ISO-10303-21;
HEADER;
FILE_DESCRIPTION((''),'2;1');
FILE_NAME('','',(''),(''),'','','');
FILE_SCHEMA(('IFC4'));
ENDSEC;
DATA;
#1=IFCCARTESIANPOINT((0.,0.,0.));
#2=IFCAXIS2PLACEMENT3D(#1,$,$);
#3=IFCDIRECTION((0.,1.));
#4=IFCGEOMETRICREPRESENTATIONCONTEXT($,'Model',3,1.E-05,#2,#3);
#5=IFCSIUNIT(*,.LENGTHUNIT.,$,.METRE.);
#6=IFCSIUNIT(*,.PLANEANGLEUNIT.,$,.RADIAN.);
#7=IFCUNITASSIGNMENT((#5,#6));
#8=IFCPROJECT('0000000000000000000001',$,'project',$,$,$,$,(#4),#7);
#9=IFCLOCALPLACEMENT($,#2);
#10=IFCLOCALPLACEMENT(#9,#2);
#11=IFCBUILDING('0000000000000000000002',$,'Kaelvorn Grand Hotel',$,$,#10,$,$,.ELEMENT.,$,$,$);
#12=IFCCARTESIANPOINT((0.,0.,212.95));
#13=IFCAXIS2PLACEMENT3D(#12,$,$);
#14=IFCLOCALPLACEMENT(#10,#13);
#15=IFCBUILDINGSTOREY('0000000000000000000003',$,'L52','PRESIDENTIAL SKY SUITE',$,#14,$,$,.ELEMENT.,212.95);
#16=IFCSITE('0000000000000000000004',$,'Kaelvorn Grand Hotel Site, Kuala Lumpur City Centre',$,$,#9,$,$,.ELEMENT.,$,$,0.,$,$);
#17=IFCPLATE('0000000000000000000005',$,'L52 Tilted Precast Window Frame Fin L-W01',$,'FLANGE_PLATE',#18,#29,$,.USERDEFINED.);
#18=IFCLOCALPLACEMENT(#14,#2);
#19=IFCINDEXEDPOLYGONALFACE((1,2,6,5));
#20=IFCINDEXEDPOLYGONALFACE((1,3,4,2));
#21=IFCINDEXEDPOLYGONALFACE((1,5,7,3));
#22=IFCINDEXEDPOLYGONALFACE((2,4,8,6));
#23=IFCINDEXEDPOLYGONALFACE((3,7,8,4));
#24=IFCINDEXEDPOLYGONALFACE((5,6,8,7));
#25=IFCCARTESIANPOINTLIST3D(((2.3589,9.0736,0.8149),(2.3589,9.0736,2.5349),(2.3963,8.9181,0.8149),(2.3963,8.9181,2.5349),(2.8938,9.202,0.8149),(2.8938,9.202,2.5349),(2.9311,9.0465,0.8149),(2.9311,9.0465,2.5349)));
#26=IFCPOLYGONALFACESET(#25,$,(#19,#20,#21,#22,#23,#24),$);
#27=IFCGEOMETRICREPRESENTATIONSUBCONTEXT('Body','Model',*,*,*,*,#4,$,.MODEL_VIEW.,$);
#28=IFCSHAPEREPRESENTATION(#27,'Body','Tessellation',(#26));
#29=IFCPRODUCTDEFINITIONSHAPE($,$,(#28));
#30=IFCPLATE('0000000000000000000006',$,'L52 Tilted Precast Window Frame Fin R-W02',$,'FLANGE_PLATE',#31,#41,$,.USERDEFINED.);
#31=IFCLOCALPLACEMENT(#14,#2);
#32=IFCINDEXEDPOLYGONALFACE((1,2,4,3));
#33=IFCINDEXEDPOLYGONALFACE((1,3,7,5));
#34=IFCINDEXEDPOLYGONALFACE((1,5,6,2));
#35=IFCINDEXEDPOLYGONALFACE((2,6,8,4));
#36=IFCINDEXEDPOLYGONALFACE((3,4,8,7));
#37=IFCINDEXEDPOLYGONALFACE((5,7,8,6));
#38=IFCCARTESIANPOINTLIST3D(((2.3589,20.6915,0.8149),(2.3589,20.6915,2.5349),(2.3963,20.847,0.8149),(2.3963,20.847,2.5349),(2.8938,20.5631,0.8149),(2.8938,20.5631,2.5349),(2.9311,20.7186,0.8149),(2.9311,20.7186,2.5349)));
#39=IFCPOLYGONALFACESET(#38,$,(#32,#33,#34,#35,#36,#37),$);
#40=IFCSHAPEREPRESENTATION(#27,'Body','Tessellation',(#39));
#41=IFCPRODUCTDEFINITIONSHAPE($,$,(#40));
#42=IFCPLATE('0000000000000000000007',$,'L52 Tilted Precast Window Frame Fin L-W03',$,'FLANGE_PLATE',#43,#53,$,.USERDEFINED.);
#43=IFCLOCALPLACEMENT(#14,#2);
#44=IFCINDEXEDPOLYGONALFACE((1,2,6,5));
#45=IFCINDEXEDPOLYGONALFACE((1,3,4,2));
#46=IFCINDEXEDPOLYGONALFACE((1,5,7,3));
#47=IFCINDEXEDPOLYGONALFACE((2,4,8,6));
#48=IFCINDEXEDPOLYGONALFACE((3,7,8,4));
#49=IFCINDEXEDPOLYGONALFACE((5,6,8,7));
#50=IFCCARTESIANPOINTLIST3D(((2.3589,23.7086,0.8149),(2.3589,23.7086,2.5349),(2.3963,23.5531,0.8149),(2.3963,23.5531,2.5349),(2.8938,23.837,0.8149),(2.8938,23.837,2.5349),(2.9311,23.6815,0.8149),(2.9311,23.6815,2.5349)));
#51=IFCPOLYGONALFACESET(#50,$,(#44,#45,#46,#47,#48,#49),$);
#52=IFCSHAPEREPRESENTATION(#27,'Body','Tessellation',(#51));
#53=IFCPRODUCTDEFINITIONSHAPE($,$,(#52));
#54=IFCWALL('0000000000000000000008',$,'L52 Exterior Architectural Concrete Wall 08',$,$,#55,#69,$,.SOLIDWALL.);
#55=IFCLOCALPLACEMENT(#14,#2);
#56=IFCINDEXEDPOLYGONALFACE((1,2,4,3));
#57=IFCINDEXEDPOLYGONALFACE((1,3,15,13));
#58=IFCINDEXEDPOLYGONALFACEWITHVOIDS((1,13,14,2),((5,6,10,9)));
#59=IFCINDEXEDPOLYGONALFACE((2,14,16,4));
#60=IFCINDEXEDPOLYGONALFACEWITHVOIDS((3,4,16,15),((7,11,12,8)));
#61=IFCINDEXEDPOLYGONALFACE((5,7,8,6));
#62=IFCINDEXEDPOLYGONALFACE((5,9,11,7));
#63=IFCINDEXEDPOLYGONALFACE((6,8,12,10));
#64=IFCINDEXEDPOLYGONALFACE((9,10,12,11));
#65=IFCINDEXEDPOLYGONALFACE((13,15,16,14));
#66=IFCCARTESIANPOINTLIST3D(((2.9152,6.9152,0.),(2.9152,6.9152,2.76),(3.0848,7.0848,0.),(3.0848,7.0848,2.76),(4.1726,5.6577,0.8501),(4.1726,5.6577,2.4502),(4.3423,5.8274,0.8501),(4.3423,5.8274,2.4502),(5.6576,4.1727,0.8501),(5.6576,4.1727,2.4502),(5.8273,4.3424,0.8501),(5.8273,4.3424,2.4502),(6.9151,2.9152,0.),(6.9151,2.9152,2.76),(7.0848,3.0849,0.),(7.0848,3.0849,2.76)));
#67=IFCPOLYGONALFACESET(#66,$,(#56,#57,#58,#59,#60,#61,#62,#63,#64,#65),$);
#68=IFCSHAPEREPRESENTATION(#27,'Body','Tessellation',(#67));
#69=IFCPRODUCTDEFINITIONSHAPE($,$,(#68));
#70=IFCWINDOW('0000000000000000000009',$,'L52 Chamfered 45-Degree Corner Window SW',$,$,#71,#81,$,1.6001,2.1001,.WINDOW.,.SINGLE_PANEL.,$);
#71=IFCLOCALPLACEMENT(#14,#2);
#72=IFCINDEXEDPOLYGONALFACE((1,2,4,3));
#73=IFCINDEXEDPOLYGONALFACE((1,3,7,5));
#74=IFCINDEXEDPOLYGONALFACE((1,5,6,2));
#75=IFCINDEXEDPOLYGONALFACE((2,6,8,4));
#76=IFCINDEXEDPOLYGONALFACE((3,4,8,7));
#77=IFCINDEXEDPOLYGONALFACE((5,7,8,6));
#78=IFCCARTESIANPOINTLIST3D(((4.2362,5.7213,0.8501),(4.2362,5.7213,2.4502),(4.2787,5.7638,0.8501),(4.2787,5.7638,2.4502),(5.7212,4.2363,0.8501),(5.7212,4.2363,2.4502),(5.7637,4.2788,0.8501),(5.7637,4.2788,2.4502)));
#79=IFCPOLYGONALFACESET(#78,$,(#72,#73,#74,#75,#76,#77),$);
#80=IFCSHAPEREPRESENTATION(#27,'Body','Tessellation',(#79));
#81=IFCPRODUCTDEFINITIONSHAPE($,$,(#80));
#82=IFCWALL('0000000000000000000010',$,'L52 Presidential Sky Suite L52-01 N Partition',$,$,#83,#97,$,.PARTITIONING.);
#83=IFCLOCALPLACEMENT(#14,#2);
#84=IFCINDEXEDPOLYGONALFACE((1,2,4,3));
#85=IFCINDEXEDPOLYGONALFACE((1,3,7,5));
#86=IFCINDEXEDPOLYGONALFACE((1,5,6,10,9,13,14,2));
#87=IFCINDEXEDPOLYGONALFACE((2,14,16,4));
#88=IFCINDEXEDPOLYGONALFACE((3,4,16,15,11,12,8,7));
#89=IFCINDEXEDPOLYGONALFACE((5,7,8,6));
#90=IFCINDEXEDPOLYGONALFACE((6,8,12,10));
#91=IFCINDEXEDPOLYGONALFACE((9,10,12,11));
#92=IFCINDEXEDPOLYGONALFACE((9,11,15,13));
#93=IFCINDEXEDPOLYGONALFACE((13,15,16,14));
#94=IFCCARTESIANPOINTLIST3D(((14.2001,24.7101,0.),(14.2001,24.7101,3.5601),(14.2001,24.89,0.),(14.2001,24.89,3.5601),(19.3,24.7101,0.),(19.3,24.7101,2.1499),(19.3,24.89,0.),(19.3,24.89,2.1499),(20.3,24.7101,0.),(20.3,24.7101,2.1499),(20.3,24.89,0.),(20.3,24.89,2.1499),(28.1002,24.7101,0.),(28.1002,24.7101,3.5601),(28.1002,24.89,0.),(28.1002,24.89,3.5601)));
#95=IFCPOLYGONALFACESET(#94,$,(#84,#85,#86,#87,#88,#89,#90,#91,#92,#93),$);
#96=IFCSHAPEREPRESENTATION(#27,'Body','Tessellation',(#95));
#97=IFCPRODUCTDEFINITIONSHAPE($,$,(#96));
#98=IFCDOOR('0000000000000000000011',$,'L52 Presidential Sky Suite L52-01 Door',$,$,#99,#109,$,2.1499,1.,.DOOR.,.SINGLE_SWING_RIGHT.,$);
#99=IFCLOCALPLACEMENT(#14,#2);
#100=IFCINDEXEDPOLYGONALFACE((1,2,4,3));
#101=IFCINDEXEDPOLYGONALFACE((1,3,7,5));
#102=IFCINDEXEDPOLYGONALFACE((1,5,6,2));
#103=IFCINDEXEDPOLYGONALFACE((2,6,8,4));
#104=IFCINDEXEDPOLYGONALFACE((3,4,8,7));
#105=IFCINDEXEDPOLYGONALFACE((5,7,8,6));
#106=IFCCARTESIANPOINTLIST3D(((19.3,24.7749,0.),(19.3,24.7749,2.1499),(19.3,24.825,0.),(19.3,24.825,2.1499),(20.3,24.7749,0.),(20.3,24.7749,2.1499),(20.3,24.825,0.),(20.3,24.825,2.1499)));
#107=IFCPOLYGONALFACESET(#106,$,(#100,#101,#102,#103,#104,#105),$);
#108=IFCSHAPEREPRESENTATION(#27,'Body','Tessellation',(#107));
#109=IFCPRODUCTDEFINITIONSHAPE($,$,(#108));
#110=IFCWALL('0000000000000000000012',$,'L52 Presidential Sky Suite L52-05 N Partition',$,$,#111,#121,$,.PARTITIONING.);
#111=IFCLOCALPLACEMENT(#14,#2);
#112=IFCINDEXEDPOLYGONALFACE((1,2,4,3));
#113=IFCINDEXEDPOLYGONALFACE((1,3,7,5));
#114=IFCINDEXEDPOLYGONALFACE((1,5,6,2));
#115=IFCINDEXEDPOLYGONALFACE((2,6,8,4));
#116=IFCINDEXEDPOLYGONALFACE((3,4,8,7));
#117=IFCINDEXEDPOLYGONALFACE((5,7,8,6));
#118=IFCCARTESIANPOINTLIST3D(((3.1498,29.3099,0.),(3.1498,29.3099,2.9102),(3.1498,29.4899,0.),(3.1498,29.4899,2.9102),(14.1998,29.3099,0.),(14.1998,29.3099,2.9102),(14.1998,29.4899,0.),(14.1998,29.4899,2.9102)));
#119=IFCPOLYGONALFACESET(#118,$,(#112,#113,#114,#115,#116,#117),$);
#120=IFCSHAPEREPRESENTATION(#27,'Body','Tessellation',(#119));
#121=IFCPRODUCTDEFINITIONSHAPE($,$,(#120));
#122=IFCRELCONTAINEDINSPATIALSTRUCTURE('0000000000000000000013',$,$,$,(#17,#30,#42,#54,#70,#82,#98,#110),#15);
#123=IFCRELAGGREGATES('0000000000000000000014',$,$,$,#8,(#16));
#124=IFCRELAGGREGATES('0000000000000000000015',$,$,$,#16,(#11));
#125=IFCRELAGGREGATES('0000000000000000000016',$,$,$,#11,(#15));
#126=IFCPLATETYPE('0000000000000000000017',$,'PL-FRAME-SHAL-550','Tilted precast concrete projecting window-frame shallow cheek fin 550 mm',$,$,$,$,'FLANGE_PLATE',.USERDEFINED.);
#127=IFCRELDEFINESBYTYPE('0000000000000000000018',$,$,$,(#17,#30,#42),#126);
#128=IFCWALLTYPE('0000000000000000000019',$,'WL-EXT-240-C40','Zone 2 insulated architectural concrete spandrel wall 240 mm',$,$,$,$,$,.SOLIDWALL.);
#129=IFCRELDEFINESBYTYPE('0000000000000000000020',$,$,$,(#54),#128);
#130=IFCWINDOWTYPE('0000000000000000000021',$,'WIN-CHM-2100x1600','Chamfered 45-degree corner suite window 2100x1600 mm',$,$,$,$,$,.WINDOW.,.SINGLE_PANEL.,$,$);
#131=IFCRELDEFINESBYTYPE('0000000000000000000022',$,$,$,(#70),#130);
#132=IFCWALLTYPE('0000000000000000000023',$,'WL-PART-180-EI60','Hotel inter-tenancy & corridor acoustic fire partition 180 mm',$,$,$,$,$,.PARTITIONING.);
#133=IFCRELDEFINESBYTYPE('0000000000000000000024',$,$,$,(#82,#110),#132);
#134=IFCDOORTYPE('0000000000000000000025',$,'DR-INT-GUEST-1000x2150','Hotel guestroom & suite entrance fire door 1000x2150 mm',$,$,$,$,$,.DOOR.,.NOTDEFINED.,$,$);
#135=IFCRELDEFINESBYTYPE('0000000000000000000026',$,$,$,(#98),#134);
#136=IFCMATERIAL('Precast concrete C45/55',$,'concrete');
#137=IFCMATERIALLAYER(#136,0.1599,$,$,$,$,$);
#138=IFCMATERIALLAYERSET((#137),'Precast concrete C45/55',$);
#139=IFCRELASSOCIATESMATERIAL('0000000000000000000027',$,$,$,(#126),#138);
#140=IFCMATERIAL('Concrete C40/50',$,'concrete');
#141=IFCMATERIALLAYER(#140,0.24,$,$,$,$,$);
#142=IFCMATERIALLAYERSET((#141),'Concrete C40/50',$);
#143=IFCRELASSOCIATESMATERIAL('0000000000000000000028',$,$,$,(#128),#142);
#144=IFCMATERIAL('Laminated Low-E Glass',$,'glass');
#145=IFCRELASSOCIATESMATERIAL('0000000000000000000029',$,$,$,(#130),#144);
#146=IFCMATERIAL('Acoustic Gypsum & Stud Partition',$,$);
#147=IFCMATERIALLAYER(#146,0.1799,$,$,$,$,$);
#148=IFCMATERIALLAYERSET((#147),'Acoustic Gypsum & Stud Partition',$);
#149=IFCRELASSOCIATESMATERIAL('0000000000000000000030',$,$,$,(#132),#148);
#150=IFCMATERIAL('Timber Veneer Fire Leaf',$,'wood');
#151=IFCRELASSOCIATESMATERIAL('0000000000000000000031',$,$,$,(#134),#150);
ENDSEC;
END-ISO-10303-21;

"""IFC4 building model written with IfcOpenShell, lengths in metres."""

from ifc_helpers import new_model, si_unit, direction, frame, frame_2d, origin, origin_2d, place, context, subcontext, project, spatial, rectangle, extrude, material, layer, layer_set, type_object, element, fill, save


model = new_model("IFC4")

# Units and contexts
model_context = context("Model", 3, precision=1e-05, world=origin(), true_north=direction((0.0, 1.0)))
body_context = subcontext(model_context, "Body", "Model", "MODEL_VIEW")
ifc_project = project(units=[si_unit("LENGTHUNIT", "METRE"), si_unit("PLANEANGLEUNIT", "RADIAN")], contexts=[model_context])

# Site, building, storey
site_placement = place(None, origin())
site = spatial("IfcSite", under=ifc_project, at=site_placement, Name="Kaelvorn Grand Hotel Site, Kuala Lumpur City Centre", CompositionType="ELEMENT", RefElevation=0.0)
building_placement = place(site_placement, origin())
building = spatial("IfcBuilding", under=site, at=building_placement, Name="Kaelvorn Grand Hotel", CompositionType="ELEMENT")
storey_placement = place(building_placement, frame((0.0, 0.0, 212.95)))
storey = spatial("IfcBuildingStorey", under=building, at=storey_placement, Name="L52", Description="PRESIDENTIAL SKY SUITE", CompositionType="ELEMENT", Elevation=212.95)

# Plates
ifc_material_1 = material(Name="Precast concrete C45/55", Category="concrete")
ifc_layer_1 = layer(ifc_material_1, 0.1599)
ifc_layer_set_1 = layer_set([ifc_layer_1], Name="Precast concrete C45/55")
plate_type_1 = type_object("IfcPlateType", Name="PL-FRAME-SHAL-550", Description="Tilted precast concrete projecting window-frame shallow cheek fin 550 mm", ElementType="FLANGE_PLATE", PredefinedType="USERDEFINED", material=ifc_layer_set_1)
for number, where, z_axis, x_axis, name in (
    (1, (2.645, 9.0601, 0.8149), (0.0, 0.0, 1.0), (-0.233445, 0.97237, 0.0), "L52 Tilted Precast Window Frame Fin L-W01"),
    (2, (2.645, 20.7051, 0.8149), (0.0, 0.0, 1.0), (0.233445, 0.97237, 0.0), "L52 Tilted Precast Window Frame Fin R-W02"),
    (3, (2.645, 23.6951, 0.8149), (0.0, 0.0, 1.0), (-0.233445, 0.97237, 0.0), "L52 Tilted Precast Window Frame Fin L-W03"),
):
    element("IfcPlate", number, at=place(storey_placement, frame(where, z_axis=z_axis, x_axis=x_axis)), inside=storey, type_object=plate_type_1, Name=name, ObjectType="FLANGE_PLATE", PredefinedType="USERDEFINED", context=body_context, shape_type="SweptSolid", body=[
        extrude(rectangle(XDim=0.1599, YDim=0.55, at=origin_2d()), origin(), (0.0, 0.0, 1.0), 1.72),
    ])

# Wall, opening, window
ifc_material_2 = material(Name="Concrete C40/50", Category="concrete")
ifc_layer_2 = layer(ifc_material_2, 0.24)
ifc_layer_set_2 = layer_set([ifc_layer_2], Name="Concrete C40/50")
wall_type_1 = type_object("IfcWallType", Name="WL-EXT-240-C40", Description="Zone 2 insulated architectural concrete spandrel wall 240 mm", PredefinedType="SOLIDWALL", material=ifc_layer_set_2)
wall_1_placement = place(storey_placement, frame((3.0, 7.0, 0.0), z_axis=(0.0, 0.0, 1.0), x_axis=(0.707107, -0.707107, 0.0)))
wall_1 = element("IfcWall", 4, at=wall_1_placement, inside=storey, type_object=wall_type_1, Name="L52 Exterior Architectural Concrete Wall 08", PredefinedType="SOLIDWALL", context=body_context, shape_type="SweptSolid", body=[
    extrude(rectangle(XDim=5.6567, YDim=0.24, at=frame_2d((2.8284, 0.0))), origin(), (0.0, 0.0, 1.0), 2.76),
])
opening_1_placement = place(wall_1_placement, frame((1.7783, 0.0, 0.8501)))
opening_1 = element("IfcOpeningElement", 5, at=opening_1_placement, cuts=wall_1, PredefinedType="OPENING", context=body_context, shape_type="SweptSolid", body=[
    extrude(rectangle(XDim=2.1001, YDim=1.6001, at=frame_2d((1.05, 0.8))), frame((0.0, 0.1299, 0.0), z_axis=(0.0, -1.0, 0.0), x_axis=(1.0, 0.0, 0.0)), (0.0, 0.0, 1.0), 0.26),
])
ifc_material_3 = material(Name="Laminated Low-E Glass", Category="glass")
window_type = type_object("IfcWindowType", Name="WIN-CHM-2100x1600", Description="Chamfered 45-degree corner suite window 2100x1600 mm", PartitioningType="SINGLE_PANEL", PredefinedType="WINDOW", material=ifc_material_3)
window_placement = place(opening_1_placement, origin())
window = element("IfcWindow", 6, at=window_placement, inside=storey, type_object=window_type, Name="L52 Chamfered 45-Degree Corner Window SW", OverallHeight=1.6001, OverallWidth=2.1001, PartitioningType="SINGLE_PANEL", PredefinedType="WINDOW", context=body_context, shape_type="SweptSolid", body=[
    extrude(rectangle(XDim=2.1001, YDim=1.6001, at=frame_2d((1.05, 0.8))), frame((0.0, 0.03, 0.0), z_axis=(0.0, -1.0, 0.0), x_axis=(1.0, 0.0, 0.0)), (0.0, 0.0, 1.0), 0.0601),
])
fill(opening_1, window)

# Wall, opening, door
ifc_material_4 = material(Name="Acoustic Gypsum & Stud Partition")
ifc_layer_3 = layer(ifc_material_4, 0.1799)
ifc_layer_set_3 = layer_set([ifc_layer_3], Name="Acoustic Gypsum & Stud Partition")
wall_type_2 = type_object("IfcWallType", Name="WL-PART-180-EI60", Description="Hotel inter-tenancy & corridor acoustic fire partition 180 mm", PredefinedType="PARTITIONING", material=ifc_layer_set_3)
wall_2_placement = place(storey_placement, frame((14.2, 24.8, 0.0), z_axis=(0.0, 0.0, 1.0), x_axis=(1.0, 0.0, 0.0)))
wall_2 = element("IfcWall", 7, at=wall_2_placement, inside=storey, type_object=wall_type_2, Name="L52 Presidential Sky Suite L52-01 N Partition", PredefinedType="PARTITIONING", context=body_context, shape_type="SweptSolid", body=[
    extrude(rectangle(XDim=13.9001, YDim=0.1799, at=frame_2d((6.9502, 0.0))), origin(), (0.0, 0.0, 1.0), 3.5601),
])
opening_2_placement = place(wall_2_placement, frame((5.1001, 0.0, 0.0)))
opening_2 = element("IfcOpeningElement", 8, at=opening_2_placement, cuts=wall_2, PredefinedType="OPENING", context=body_context, shape_type="SweptSolid", body=[
    extrude(rectangle(XDim=1.0, YDim=2.1499, at=frame_2d((0.5, 1.075))), frame((0.0, 0.1001, 0.0), z_axis=(0.0, -1.0, 0.0), x_axis=(1.0, 0.0, 0.0)), (0.0, 0.0, 1.0), 0.2),
])
ifc_material_5 = material(Name="Timber Veneer Fire Leaf", Category="wood")
door_type = type_object("IfcDoorType", Name="DR-INT-GUEST-1000x2150", Description="Hotel guestroom & suite entrance fire door 1000x2150 mm", OperationType="NOTDEFINED", PredefinedType="DOOR", material=ifc_material_5)
door_1_placement = place(opening_2_placement, origin())
door_1 = element("IfcDoor", 9, at=door_1_placement, inside=storey, type_object=door_type, Name="L52 Presidential Sky Suite L52-01 Door", OperationType="SINGLE_SWING_RIGHT", OverallHeight=2.1499, OverallWidth=1.0, PredefinedType="DOOR", context=body_context, shape_type="SweptSolid", body=[
    extrude(rectangle(XDim=1.0, YDim=2.1499, at=frame_2d((0.5, 1.075))), frame((0.0, 0.0249, 0.0), z_axis=(0.0, -1.0, 0.0), x_axis=(1.0, 0.0, 0.0)), (0.0, 0.0, 1.0), 0.05),
])
fill(opening_2, door_1)

# Wall
wall_3_placement = place(storey_placement, frame((3.1499, 29.3999, 0.0), z_axis=(0.0, 0.0, 1.0), x_axis=(1.0, 0.0, 0.0)))
element("IfcWall", 10, at=wall_3_placement, inside=storey, type_object=wall_type_2, Name="L52 Presidential Sky Suite L52-05 N Partition", PredefinedType="PARTITIONING", context=body_context, shape_type="SweptSolid", body=[
    extrude(rectangle(XDim=11.05, YDim=0.1799, at=frame_2d((5.5249, 0.0))), origin(), (0.0, 0.0, 1.0), 2.9102),
])

save(model, "model.ifc")
